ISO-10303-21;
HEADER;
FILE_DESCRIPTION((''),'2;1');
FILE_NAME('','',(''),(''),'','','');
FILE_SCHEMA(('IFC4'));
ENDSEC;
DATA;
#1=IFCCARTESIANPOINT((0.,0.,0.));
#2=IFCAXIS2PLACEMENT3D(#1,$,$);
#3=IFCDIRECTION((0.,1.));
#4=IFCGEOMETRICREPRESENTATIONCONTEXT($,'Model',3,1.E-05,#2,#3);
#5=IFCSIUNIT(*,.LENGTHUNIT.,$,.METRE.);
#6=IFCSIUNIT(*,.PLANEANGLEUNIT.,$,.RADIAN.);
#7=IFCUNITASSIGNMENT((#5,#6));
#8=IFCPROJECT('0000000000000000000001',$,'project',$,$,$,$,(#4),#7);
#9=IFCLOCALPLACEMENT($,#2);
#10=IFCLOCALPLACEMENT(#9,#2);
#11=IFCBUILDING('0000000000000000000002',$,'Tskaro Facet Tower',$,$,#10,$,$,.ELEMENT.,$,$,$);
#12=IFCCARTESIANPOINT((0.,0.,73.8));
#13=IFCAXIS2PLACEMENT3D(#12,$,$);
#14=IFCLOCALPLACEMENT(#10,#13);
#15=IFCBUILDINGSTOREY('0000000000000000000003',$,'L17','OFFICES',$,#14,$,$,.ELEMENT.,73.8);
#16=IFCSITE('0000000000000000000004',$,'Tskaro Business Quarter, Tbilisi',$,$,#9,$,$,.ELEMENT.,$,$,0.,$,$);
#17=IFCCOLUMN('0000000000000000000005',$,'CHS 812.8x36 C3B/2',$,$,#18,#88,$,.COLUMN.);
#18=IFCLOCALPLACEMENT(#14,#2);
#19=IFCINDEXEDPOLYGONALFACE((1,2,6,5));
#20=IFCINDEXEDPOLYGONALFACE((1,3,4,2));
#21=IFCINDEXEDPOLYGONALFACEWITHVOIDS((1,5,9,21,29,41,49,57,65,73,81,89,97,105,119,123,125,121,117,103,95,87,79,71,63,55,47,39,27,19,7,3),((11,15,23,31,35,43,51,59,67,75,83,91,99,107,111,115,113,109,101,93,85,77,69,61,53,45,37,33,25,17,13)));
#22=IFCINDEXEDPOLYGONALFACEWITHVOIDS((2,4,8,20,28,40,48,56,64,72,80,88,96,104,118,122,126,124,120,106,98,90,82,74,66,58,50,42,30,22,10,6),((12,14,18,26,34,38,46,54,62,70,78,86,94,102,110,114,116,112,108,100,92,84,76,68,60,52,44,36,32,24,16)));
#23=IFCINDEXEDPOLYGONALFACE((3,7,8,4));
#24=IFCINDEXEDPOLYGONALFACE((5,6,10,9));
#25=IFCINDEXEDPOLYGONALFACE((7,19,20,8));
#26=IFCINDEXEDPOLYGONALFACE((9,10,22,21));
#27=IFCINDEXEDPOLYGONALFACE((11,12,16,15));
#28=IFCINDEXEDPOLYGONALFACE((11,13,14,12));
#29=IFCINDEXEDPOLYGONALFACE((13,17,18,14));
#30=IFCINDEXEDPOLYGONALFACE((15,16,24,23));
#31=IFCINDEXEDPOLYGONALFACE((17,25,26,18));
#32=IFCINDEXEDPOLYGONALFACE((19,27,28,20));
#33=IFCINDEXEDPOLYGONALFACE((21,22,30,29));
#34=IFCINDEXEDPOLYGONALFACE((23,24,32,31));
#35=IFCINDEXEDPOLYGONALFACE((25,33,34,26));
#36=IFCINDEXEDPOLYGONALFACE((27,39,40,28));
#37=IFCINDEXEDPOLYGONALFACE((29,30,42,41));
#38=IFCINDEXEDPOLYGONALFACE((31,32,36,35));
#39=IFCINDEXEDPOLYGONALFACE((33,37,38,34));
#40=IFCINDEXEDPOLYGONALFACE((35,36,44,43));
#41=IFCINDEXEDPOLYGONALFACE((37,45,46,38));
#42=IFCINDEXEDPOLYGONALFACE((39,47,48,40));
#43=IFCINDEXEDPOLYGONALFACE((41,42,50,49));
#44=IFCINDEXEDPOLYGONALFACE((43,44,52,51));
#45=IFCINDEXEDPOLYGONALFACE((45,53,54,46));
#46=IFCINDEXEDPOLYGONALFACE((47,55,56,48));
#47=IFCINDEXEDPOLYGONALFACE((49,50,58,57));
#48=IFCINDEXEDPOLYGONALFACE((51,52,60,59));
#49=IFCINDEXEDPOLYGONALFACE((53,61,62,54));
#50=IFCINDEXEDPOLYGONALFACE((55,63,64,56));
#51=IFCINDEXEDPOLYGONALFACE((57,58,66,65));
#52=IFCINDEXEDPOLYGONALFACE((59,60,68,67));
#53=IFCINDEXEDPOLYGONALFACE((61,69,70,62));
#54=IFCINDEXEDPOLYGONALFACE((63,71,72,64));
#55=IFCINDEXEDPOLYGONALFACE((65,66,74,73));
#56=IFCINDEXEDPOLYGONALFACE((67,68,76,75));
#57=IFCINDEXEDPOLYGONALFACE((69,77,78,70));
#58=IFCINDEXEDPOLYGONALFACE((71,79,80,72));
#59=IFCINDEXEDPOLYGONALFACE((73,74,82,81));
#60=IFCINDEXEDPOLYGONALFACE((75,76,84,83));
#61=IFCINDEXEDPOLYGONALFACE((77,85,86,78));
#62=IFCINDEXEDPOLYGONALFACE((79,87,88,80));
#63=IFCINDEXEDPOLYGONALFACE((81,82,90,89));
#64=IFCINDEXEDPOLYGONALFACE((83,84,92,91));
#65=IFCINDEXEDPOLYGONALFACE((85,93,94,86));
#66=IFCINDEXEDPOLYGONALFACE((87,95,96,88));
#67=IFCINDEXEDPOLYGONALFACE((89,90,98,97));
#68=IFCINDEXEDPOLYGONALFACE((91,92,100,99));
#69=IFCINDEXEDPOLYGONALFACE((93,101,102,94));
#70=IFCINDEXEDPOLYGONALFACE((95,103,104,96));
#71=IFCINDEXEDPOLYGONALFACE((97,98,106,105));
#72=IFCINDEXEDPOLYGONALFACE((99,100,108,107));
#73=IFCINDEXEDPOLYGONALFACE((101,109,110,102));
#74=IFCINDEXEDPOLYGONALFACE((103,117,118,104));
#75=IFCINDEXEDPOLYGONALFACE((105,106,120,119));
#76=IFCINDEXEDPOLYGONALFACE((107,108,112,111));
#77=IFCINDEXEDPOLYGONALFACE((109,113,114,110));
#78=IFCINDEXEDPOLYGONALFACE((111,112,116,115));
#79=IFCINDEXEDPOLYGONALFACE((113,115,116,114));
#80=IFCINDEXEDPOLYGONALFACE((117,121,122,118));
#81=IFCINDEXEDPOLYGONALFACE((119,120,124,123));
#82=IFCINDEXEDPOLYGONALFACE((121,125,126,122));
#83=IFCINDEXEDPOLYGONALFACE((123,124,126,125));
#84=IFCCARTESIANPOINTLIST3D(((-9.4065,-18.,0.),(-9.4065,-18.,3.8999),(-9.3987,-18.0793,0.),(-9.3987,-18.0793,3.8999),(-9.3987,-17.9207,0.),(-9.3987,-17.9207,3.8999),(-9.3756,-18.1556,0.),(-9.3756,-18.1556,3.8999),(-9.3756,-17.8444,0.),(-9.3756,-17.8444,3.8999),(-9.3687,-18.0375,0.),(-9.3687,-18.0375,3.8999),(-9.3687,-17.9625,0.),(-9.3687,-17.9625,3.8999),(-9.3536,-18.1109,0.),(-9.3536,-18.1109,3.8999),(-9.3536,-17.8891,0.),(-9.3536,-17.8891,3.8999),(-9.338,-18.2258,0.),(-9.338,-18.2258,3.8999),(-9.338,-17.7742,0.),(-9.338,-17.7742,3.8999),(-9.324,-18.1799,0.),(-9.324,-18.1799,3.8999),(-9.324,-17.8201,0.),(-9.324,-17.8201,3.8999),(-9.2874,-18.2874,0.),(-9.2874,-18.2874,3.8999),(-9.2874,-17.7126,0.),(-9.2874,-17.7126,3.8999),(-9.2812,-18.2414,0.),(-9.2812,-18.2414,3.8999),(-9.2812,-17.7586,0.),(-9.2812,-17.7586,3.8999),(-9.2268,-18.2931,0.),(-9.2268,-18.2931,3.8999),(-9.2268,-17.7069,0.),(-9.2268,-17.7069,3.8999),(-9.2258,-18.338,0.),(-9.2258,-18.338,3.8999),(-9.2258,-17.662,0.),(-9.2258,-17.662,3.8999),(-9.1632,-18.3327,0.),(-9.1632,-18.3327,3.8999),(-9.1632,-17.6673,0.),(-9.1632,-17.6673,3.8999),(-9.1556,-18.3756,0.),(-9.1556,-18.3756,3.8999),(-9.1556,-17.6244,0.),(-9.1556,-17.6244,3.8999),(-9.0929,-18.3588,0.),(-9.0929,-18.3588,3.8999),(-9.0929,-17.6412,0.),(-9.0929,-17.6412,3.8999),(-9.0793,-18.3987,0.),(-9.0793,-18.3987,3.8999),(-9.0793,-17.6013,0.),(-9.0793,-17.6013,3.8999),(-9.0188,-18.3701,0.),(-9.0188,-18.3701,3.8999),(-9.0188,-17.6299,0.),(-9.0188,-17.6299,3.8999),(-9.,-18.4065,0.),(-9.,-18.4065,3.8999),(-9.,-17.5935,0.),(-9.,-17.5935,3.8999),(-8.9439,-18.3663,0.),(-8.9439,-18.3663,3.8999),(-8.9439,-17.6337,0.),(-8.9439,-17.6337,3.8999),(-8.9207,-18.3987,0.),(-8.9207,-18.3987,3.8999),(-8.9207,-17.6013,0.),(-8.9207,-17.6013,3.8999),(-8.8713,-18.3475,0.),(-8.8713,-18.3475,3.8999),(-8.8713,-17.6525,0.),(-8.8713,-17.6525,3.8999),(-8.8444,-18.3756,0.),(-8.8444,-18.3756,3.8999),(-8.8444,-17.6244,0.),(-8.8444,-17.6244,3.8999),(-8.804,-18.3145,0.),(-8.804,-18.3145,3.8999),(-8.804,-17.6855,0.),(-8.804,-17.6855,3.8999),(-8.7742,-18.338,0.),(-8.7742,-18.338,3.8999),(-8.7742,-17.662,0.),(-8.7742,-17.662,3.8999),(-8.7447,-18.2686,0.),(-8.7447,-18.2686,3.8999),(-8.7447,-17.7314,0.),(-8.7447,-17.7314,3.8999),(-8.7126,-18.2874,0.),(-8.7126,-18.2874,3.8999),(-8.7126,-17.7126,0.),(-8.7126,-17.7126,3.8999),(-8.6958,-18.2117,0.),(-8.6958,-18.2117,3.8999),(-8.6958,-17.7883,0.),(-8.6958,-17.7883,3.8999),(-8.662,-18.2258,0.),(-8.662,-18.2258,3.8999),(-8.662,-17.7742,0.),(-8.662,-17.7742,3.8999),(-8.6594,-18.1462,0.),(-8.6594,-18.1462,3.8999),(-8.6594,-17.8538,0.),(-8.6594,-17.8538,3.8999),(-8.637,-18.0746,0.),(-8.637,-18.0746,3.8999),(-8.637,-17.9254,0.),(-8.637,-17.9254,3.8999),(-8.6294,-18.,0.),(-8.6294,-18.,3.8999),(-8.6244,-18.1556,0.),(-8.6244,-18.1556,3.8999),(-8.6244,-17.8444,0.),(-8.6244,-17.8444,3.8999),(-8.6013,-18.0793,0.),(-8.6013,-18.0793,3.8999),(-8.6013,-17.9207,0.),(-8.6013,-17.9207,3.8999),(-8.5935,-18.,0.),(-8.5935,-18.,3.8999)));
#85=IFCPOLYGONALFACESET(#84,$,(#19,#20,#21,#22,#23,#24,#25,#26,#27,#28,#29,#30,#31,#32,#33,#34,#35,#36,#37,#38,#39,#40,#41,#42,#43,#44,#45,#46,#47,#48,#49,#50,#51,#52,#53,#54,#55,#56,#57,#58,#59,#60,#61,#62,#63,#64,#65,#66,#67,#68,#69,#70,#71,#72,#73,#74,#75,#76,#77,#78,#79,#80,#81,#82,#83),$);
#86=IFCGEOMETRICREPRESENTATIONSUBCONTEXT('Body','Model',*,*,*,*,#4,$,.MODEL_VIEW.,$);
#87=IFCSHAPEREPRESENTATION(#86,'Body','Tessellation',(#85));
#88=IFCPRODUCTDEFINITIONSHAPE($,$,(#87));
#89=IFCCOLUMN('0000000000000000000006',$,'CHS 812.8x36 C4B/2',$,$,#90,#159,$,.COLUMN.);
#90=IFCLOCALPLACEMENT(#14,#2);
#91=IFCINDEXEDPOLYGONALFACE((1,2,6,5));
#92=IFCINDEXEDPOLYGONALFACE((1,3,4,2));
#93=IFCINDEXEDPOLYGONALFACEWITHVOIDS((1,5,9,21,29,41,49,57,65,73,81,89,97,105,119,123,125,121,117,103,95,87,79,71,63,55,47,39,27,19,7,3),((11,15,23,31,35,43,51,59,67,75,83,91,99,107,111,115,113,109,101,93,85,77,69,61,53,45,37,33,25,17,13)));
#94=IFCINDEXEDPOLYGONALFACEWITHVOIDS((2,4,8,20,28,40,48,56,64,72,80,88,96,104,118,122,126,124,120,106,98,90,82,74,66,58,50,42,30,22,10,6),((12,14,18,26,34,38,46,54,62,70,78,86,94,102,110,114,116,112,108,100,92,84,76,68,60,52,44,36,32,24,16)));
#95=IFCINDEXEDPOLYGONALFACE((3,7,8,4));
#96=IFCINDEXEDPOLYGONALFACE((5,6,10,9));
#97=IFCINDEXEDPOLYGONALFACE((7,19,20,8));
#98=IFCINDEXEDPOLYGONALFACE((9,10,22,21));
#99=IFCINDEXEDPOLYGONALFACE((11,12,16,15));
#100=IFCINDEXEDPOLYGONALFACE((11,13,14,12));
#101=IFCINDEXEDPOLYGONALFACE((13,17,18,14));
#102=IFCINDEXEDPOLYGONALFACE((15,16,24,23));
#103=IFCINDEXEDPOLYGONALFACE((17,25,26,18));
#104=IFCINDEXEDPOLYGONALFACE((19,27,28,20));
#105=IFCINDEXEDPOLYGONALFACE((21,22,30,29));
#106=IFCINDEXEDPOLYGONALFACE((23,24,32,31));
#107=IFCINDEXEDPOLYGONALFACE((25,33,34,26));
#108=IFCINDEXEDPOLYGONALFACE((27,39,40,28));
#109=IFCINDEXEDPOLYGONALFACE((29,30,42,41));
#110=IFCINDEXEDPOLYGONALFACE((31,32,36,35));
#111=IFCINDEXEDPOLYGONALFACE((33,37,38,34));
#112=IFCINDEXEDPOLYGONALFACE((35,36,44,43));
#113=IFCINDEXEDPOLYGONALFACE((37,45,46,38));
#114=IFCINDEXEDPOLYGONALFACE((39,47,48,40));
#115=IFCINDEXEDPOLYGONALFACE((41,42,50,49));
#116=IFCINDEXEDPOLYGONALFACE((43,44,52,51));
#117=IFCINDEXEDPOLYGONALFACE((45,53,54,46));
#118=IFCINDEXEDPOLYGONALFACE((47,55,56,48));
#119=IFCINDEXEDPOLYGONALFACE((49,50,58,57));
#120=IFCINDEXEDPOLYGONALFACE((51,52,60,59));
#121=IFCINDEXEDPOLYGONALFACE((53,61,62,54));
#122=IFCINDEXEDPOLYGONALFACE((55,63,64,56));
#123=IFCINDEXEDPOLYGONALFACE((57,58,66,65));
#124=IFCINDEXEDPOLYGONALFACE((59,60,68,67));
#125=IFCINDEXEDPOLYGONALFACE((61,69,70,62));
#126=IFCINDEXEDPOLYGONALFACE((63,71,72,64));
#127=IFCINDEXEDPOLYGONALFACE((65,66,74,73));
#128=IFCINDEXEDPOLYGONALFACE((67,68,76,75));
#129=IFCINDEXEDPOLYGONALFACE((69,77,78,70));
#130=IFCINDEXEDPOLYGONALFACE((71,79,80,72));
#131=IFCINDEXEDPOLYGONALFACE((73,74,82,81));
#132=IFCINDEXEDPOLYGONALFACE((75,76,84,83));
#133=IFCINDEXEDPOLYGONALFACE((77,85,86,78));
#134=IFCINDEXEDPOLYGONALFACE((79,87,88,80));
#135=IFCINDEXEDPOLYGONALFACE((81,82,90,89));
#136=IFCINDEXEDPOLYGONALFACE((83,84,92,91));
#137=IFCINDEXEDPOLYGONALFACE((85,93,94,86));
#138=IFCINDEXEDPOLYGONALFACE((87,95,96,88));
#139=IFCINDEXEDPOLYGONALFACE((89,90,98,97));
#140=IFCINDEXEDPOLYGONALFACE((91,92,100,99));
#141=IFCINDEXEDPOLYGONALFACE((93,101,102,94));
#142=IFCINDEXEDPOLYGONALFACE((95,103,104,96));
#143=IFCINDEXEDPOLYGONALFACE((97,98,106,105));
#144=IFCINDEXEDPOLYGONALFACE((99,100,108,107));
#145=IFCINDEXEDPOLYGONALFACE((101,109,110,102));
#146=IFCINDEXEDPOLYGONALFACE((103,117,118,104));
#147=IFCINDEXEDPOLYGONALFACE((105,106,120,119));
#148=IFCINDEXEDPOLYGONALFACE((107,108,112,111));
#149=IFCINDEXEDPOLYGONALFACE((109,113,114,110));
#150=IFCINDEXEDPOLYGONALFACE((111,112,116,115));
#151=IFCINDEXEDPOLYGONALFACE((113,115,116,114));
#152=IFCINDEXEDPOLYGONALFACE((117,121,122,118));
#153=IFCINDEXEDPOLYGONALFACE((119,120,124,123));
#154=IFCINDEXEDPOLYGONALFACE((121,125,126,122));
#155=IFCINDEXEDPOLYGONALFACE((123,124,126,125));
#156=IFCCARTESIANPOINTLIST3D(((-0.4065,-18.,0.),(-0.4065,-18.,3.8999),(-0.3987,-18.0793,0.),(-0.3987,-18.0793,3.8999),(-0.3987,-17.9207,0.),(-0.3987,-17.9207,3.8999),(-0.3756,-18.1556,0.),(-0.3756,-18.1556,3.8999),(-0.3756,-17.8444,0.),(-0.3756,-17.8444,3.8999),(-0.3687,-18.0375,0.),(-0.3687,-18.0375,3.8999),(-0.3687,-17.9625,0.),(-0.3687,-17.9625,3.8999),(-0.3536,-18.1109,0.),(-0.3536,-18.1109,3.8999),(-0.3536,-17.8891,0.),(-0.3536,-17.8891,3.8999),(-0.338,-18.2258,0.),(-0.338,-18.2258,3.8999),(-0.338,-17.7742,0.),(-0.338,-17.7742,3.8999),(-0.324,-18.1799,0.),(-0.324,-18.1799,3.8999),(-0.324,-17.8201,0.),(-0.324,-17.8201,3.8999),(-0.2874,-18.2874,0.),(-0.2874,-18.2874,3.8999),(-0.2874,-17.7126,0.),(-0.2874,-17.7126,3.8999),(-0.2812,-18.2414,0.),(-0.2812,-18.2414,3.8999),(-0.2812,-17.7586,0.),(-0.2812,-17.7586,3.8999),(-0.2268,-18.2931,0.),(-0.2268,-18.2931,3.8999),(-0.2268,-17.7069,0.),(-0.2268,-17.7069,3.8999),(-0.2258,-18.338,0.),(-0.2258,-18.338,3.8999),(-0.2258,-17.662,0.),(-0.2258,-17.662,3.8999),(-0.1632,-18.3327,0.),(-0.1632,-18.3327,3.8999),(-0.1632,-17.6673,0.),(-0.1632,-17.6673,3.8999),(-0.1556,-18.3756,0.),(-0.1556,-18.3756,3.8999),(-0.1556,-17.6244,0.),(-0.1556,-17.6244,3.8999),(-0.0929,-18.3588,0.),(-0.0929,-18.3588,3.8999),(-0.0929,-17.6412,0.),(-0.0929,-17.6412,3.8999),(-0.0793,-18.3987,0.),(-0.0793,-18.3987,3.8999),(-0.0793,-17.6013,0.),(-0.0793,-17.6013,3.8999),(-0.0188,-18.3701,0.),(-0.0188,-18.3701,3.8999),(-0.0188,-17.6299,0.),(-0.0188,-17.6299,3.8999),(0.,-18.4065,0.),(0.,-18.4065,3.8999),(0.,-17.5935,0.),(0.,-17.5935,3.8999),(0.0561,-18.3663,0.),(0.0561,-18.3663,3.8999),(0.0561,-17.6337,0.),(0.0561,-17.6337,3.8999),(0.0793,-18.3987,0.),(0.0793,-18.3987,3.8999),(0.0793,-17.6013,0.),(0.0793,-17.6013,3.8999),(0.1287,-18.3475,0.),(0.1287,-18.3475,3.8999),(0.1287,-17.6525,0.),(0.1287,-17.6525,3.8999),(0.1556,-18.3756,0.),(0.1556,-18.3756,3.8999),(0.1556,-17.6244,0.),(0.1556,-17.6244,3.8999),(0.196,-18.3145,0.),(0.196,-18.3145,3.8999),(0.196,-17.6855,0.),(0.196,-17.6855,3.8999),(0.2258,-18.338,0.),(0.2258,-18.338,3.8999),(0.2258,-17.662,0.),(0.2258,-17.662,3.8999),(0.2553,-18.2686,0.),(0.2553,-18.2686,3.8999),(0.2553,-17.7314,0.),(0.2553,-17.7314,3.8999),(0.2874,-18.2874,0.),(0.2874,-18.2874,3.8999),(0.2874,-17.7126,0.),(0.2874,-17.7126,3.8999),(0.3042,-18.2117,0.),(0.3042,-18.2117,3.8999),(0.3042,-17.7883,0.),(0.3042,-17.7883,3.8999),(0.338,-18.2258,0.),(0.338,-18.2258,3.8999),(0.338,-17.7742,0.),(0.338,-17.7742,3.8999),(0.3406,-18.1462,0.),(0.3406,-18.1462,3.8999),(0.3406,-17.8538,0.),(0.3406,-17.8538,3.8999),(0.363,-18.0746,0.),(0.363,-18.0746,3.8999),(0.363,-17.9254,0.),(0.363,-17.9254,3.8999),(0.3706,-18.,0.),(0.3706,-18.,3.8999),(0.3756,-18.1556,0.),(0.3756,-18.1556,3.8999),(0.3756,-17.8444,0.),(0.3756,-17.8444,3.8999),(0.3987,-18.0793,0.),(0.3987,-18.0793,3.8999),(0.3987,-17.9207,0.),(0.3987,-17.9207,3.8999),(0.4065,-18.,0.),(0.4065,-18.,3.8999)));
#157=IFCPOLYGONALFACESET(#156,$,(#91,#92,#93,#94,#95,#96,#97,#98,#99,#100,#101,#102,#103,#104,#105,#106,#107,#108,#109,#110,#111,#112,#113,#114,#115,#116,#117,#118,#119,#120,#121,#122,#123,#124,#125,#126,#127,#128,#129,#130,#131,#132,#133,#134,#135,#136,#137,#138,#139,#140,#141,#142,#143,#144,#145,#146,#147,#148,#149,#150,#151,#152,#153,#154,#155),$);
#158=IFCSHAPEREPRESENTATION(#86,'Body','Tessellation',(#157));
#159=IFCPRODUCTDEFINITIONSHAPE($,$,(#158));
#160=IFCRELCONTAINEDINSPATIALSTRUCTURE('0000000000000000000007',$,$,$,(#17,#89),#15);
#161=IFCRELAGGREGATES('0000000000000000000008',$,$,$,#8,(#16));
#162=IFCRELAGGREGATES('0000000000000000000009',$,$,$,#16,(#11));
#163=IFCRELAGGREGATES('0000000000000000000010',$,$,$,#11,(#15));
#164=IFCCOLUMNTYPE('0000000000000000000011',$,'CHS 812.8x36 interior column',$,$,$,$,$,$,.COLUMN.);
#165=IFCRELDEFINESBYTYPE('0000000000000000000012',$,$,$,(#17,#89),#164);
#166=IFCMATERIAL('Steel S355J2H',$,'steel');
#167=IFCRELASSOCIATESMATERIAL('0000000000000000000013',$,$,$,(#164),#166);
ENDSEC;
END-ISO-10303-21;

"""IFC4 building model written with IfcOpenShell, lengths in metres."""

from ifc_helpers import new_model, si_unit, direction, frame, origin, origin_2d, place, context, subcontext, project, spatial, hollow_circle, extrude, material, material_profile, profile_set, type_object, element, save


model = new_model("IFC4")

# Units and contexts
model_context = context("Model", 3, precision=1e-05, world=origin(), true_north=direction((0.0, 1.0)))
body_context = subcontext(model_context, "Body", "Model", "MODEL_VIEW")
ifc_project = project(units=[si_unit("LENGTHUNIT", "METRE"), si_unit("PLANEANGLEUNIT", "RADIAN")], contexts=[model_context])

# Site, building, storey
site_placement = place(None, origin())
site = spatial("IfcSite", under=ifc_project, at=site_placement, Name="Tskaro Business Quarter, Tbilisi", CompositionType="ELEMENT", RefElevation=0.0)
building_placement = place(site_placement, origin())
building = spatial("IfcBuilding", under=site, at=building_placement, Name="Tskaro Facet Tower", CompositionType="ELEMENT")
storey_placement = place(building_placement, frame((0.0, 0.0, 73.8)))
storey = spatial("IfcBuildingStorey", under=building, at=storey_placement, Name="L17", Description="OFFICES", CompositionType="ELEMENT", Elevation=73.8)

# Columns
ifc_material_1 = material(Name="Steel S355J2H", Category="steel")
ifc_material_profile_1 = material_profile(ifc_material_1, hollow_circle(Radius=0.4065, WallThickness=0.0359, at=origin_2d()), Name="CHS 812.8x36")
ifc_profile_set_1 = profile_set([ifc_material_profile_1], Name="Steel S355J2H")
column_type_1 = type_object("IfcColumnType", Name="CHS 812.8x36 interior column", PredefinedType="COLUMN", material=ifc_profile_set_1)
for number, where, z_axis, x_axis, name in (
    (1, (-9.0, -18.0, 0.0), (0.0, 0.0, 1.0), (1.0, 0.0, 0.0), "CHS 812.8x36 C3B/2"),
    (2, (0.0, -18.0, 0.0), (0.0, 0.0, 1.0), (1.0, 0.0, 0.0), "CHS 812.8x36 C4B/2"),
):
    element("IfcColumn", number, at=place(storey_placement, frame(where, z_axis=z_axis, x_axis=x_axis)), inside=storey, type_object=column_type_1, Name=name, PredefinedType="COLUMN", context=body_context, shape_type="SweptSolid", body=[
        extrude(hollow_circle(Radius=0.4065, WallThickness=0.0359, at=origin_2d()), origin(), (0.0, 0.0, 1.0), 3.8999),
    ])

save(model, "model.ifc")
